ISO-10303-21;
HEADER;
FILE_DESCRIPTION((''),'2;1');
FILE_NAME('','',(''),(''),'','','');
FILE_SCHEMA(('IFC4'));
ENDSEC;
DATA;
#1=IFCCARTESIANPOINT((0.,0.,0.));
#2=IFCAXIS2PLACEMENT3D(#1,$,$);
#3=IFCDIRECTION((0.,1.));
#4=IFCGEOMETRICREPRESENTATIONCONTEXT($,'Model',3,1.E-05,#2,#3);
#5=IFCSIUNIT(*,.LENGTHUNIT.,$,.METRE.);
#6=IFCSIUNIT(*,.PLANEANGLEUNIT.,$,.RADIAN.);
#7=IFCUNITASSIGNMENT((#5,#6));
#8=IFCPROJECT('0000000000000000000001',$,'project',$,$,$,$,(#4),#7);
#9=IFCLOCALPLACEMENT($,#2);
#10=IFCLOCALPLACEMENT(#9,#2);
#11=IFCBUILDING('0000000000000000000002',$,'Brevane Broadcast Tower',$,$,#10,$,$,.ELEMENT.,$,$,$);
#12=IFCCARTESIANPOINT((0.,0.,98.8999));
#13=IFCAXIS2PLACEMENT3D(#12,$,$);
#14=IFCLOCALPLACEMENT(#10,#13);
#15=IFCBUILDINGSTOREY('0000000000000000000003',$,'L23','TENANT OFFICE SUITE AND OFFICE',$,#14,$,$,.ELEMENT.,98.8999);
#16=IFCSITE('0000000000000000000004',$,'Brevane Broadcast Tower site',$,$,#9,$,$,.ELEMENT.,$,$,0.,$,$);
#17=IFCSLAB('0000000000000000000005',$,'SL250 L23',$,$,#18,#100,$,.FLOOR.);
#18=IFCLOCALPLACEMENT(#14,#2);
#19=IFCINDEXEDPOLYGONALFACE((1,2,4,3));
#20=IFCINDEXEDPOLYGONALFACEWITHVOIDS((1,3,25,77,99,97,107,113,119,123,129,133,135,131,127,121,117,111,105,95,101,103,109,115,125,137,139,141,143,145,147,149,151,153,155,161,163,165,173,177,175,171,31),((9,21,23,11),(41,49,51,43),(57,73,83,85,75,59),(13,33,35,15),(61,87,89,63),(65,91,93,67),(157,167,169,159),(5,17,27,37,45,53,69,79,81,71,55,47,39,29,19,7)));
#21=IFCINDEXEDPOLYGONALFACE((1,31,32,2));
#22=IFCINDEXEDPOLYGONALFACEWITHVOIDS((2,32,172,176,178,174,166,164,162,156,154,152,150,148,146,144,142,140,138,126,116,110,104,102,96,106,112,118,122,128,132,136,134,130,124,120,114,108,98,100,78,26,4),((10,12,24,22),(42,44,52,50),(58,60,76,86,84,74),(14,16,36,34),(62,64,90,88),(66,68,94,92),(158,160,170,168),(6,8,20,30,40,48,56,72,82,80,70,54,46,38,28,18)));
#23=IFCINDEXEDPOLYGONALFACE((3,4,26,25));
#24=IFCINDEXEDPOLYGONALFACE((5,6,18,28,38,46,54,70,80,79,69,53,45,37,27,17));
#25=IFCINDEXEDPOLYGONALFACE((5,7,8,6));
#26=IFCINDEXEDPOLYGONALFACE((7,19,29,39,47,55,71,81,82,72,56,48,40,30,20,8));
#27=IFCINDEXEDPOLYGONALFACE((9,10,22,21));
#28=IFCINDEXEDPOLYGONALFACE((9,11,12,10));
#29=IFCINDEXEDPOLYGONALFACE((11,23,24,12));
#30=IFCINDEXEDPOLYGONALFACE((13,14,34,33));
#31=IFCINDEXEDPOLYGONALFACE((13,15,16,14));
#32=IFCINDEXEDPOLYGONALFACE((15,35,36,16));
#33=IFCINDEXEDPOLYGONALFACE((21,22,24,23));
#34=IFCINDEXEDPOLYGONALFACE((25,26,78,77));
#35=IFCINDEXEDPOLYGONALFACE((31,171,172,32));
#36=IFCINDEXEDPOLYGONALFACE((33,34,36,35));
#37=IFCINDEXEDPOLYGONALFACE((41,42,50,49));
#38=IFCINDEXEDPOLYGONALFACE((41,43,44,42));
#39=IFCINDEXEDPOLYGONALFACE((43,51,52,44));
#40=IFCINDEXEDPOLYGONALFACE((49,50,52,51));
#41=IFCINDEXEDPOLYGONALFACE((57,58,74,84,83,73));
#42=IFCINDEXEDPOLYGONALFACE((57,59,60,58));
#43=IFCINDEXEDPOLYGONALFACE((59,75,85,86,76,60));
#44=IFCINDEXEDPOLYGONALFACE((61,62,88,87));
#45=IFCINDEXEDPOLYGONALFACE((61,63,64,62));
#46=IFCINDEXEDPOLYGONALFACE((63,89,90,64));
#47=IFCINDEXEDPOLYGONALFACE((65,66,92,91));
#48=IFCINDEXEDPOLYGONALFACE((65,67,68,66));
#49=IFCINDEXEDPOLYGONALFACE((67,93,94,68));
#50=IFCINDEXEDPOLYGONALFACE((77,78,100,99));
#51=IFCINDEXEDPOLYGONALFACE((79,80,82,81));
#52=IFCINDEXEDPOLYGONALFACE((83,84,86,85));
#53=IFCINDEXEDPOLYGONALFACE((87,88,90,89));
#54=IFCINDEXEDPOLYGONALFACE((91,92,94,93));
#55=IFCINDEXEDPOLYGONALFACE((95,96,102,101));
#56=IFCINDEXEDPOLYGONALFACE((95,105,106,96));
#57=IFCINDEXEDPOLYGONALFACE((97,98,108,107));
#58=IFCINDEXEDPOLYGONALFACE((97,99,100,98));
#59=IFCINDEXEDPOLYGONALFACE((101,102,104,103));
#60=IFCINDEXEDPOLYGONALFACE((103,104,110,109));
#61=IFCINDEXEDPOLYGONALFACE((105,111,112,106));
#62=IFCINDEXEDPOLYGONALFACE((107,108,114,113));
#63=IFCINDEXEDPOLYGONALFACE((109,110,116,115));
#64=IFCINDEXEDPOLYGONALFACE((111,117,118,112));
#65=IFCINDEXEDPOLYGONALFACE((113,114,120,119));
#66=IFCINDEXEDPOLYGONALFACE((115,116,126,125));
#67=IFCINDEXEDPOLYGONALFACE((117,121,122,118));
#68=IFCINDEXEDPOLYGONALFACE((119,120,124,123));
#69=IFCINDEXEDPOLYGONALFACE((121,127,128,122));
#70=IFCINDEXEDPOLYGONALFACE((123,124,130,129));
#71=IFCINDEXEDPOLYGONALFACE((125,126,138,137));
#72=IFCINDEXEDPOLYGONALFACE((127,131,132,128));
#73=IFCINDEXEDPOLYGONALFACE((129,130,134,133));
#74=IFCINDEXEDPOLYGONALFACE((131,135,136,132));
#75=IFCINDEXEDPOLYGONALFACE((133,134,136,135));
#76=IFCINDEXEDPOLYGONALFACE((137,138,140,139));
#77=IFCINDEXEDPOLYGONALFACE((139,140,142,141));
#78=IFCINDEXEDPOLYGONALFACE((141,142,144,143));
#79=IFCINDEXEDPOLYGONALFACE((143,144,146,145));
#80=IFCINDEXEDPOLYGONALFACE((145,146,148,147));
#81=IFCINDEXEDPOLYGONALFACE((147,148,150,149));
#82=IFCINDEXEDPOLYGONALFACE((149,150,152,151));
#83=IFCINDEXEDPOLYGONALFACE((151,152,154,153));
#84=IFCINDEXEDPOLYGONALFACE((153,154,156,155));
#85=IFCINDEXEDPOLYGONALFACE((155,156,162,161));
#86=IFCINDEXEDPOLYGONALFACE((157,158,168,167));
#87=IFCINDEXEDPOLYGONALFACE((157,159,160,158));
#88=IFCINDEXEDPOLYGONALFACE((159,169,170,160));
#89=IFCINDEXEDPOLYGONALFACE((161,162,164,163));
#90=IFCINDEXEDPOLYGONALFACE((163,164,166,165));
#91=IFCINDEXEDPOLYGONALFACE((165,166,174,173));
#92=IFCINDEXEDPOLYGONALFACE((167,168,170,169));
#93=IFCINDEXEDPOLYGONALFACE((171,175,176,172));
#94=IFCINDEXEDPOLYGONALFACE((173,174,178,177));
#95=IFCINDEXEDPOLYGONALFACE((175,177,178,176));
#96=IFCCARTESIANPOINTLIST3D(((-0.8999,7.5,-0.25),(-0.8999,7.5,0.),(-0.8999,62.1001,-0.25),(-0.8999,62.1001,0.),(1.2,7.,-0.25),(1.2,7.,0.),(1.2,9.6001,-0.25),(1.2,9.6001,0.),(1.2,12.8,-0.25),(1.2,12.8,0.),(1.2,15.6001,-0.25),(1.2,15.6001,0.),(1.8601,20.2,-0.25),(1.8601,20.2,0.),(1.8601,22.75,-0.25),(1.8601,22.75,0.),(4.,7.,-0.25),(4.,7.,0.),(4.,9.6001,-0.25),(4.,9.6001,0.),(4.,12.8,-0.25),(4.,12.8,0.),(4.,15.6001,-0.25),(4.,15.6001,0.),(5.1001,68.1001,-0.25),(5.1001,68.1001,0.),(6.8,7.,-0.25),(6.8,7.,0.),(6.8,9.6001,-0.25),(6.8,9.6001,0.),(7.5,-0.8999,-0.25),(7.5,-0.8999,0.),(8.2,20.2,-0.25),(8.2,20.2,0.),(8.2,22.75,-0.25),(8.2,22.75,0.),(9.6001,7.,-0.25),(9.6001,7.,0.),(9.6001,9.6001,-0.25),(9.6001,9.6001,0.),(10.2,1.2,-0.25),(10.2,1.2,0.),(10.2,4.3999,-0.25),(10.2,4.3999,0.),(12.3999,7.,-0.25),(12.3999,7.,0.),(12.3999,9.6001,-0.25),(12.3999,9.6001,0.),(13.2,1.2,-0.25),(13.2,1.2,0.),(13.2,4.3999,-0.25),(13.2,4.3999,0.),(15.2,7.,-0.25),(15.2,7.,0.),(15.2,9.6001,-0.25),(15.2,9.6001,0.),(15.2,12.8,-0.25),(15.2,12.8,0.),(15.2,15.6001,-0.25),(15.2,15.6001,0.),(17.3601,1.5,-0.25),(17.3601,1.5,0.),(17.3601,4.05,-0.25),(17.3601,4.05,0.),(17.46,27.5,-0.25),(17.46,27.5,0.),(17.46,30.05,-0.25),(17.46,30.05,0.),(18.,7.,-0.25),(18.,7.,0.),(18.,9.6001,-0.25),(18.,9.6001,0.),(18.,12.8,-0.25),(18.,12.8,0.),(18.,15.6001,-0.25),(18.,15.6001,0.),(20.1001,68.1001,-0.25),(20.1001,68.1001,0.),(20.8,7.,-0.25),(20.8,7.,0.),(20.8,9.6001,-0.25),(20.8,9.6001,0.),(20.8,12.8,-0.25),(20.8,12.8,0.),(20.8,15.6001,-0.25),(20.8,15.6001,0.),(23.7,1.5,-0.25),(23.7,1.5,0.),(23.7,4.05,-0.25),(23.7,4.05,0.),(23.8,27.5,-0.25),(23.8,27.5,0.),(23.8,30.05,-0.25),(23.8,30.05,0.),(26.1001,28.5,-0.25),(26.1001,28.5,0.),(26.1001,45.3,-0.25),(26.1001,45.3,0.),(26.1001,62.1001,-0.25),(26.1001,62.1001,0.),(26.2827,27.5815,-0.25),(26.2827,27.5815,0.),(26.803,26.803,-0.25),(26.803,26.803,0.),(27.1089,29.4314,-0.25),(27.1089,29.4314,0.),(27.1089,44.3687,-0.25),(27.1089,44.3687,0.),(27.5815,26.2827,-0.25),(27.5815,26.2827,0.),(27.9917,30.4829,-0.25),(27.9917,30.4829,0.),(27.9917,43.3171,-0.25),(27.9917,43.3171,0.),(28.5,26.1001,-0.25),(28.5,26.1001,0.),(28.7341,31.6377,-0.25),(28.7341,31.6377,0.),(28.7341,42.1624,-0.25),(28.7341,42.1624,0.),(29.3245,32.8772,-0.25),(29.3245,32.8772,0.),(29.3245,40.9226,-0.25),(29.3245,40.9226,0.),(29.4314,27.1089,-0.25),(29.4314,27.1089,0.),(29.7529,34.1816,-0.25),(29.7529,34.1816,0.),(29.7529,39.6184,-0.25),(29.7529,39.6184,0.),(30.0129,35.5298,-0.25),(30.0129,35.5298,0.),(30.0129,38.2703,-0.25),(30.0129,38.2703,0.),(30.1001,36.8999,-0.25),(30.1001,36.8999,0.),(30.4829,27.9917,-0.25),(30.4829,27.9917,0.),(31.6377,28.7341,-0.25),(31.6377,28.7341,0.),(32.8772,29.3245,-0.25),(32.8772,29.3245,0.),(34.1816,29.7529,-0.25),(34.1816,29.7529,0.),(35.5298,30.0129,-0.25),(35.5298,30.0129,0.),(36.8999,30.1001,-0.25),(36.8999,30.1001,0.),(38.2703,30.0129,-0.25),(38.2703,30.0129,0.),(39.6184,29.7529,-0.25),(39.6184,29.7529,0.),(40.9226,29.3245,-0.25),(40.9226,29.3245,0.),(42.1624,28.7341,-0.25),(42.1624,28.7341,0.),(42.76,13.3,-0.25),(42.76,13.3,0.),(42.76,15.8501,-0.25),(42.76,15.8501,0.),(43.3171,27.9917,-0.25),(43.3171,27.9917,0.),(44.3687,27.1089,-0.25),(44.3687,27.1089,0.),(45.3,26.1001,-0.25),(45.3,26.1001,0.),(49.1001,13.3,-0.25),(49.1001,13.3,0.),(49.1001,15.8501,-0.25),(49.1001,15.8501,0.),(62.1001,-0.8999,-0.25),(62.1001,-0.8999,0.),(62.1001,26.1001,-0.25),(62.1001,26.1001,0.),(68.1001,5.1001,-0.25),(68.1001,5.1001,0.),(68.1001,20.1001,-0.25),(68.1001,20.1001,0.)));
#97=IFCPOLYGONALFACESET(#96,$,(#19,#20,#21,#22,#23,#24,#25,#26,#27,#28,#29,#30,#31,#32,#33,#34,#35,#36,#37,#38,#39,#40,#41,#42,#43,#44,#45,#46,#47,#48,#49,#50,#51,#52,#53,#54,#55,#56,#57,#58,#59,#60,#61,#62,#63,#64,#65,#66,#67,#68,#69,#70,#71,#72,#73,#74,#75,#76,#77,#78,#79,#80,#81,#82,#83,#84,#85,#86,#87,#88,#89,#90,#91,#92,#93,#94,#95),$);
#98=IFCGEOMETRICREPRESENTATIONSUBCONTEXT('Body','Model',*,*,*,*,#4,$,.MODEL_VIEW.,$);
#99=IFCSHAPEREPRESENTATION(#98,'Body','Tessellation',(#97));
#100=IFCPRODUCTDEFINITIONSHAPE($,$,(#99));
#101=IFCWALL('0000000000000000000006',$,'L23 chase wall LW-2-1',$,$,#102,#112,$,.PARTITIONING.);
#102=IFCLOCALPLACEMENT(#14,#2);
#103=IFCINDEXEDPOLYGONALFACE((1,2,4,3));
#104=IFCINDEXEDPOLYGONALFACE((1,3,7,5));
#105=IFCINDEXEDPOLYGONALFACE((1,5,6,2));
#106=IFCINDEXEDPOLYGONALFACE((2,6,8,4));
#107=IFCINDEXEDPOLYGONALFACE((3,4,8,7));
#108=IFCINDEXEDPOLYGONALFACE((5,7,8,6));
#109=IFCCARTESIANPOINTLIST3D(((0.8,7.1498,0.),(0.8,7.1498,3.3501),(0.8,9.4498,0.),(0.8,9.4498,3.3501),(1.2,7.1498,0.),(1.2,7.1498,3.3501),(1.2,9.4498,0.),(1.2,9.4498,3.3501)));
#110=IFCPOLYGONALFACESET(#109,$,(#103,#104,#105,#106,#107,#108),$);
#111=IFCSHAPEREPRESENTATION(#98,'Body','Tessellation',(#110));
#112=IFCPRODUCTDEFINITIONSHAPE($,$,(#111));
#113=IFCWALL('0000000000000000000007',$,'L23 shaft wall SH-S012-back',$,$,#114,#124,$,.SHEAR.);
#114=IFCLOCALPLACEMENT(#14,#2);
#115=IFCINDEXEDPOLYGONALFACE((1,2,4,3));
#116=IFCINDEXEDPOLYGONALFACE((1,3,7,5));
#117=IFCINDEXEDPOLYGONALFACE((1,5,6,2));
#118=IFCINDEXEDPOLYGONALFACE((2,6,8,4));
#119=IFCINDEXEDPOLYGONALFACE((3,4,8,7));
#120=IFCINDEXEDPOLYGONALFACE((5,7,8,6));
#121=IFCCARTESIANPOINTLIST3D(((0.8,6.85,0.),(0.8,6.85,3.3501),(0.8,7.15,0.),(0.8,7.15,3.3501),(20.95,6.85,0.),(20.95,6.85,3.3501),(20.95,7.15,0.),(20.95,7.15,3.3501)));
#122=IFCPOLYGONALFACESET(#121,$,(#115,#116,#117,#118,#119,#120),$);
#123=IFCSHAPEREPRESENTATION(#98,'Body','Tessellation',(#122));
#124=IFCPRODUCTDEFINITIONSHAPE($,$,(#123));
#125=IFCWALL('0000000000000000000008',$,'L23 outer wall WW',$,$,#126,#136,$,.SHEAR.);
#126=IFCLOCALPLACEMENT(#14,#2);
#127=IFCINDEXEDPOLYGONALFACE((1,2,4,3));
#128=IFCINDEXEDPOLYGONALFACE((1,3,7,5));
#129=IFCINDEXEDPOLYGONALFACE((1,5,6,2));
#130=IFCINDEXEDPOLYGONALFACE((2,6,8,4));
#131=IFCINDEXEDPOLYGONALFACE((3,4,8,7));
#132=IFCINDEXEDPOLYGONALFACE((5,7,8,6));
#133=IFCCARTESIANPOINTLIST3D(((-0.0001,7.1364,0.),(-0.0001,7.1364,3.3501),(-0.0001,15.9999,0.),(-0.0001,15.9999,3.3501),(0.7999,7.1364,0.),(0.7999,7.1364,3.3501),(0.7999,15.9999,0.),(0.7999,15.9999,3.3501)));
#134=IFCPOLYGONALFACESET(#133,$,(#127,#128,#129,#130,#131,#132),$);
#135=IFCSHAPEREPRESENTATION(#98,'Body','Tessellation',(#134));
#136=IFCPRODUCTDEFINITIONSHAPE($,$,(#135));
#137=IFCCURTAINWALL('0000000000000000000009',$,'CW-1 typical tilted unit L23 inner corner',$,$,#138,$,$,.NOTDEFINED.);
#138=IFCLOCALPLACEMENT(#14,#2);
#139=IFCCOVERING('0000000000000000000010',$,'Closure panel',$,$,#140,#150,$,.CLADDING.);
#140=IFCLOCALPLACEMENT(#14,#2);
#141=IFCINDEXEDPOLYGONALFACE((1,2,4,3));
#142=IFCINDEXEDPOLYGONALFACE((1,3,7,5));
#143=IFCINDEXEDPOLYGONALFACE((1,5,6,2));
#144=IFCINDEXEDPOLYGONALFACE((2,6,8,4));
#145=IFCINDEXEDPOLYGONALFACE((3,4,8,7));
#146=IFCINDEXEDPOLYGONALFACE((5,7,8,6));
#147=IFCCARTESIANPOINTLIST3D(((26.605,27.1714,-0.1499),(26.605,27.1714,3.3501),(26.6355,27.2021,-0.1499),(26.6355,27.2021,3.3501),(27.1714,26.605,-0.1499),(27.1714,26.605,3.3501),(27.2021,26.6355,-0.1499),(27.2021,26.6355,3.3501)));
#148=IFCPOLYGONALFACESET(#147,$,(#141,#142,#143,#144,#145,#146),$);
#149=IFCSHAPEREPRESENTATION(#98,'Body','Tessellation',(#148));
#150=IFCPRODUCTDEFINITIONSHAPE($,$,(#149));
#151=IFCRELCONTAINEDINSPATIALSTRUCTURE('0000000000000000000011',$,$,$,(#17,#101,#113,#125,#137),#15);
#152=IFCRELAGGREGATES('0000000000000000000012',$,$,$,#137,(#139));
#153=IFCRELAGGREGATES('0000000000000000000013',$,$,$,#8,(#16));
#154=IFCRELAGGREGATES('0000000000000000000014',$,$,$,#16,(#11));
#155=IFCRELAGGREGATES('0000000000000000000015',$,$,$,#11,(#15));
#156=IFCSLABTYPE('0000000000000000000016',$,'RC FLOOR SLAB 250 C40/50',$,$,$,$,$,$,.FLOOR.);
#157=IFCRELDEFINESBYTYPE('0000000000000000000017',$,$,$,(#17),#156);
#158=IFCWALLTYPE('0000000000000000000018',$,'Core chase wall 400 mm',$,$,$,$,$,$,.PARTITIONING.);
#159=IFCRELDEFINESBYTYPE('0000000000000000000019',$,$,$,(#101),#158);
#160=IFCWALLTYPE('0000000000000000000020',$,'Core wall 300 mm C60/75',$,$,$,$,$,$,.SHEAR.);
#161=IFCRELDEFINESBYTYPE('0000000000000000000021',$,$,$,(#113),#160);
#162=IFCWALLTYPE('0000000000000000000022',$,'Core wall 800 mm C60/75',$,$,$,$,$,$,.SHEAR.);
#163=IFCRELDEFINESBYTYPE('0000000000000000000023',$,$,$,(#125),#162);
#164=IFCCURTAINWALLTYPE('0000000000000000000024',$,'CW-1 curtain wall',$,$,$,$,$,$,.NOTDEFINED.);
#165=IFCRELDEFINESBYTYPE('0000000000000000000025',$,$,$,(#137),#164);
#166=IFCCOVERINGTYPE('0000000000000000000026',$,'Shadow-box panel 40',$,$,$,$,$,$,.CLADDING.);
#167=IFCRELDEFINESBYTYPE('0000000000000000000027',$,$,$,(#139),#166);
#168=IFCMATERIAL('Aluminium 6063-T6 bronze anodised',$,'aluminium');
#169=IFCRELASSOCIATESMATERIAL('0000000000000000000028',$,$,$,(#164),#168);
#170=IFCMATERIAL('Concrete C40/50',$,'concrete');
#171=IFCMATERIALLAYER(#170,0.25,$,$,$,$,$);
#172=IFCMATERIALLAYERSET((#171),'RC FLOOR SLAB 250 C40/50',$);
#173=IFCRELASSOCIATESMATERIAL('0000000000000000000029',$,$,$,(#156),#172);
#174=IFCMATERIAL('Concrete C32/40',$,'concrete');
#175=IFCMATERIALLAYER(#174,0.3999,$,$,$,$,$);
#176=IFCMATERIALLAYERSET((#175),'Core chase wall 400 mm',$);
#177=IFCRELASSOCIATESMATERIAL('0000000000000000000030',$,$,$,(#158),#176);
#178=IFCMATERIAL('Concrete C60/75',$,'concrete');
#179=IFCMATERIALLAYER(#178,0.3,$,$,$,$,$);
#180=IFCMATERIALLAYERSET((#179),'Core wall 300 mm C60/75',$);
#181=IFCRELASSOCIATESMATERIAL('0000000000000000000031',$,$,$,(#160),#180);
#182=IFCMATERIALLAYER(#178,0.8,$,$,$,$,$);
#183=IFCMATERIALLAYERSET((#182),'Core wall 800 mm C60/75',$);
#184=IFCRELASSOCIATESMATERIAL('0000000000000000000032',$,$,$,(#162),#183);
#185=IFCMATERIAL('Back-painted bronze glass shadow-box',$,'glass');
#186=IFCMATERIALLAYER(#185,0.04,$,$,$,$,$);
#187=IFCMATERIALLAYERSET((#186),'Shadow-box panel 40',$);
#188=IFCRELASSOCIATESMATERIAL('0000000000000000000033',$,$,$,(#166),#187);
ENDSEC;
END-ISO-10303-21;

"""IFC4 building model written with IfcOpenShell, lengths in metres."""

from ifc_helpers import new_model, si_unit, direction, frame, frame_2d, origin, place, context, subcontext, project, spatial, polyline, rectangle, outline, extrude, material, layer, layer_set, type_object, element, aggregate, save


model = new_model("IFC4")

# Units and contexts
model_context = context("Model", 3, precision=1e-05, world=origin(), true_north=direction((0.0, 1.0)))
body_context = subcontext(model_context, "Body", "Model", "MODEL_VIEW")
ifc_project = project(units=[si_unit("LENGTHUNIT", "METRE"), si_unit("PLANEANGLEUNIT", "RADIAN")], contexts=[model_context])

# Site, building, storey
site_placement = place(None, origin())
site = spatial("IfcSite", under=ifc_project, at=site_placement, Name="Brevane Broadcast Tower site", CompositionType="ELEMENT", RefElevation=0.0)
building_placement = place(site_placement, origin())
building = spatial("IfcBuilding", under=site, at=building_placement, Name="Brevane Broadcast Tower", CompositionType="ELEMENT")
storey_placement = place(building_placement, frame((0.0, 0.0, 98.8999)))
storey = spatial("IfcBuildingStorey", under=building, at=storey_placement, Name="L23", Description="TENANT OFFICE SUITE AND OFFICE", CompositionType="ELEMENT", Elevation=98.8999)

# Shared definitions
ifc_material_1 = material(Name="Aluminium 6063-T6 bronze anodised", Category="aluminium")
curtain_wall_type = type_object("IfcCurtainWallType", Name="CW-1 curtain wall", PredefinedType="NOTDEFINED", material=ifc_material_1)

# Slab
ifc_material_2 = material(Name="Concrete C40/50", Category="concrete")
ifc_layer_1 = layer(ifc_material_2, 0.25)
ifc_layer_set_1 = layer_set([ifc_layer_1], Name="RC FLOOR SLAB 250 C40/50")
slab_type_1 = type_object("IfcSlabType", Name="RC FLOOR SLAB 250 C40/50", PredefinedType="FLOOR", material=ifc_layer_set_1)
slab_1_placement = place(storey_placement, frame((0.0, 0.0, -0.25)))
element("IfcSlab", 1, at=slab_1_placement, inside=storey, type_object=slab_type_1, Name="SL250 L23", PredefinedType="FLOOR", context=body_context, shape_type="SweptSolid", body=[
    extrude(outline(polyline([(-0.8999, 7.5), (-0.8999, 62.1001), (5.1001, 68.1001), (20.1001, 68.1001), (26.1001, 62.1001), (26.1001, 45.3), (27.1089, 44.3687), (27.9917, 43.3171), (28.7341, 42.1624), (29.3245, 40.9226), (29.7529, 39.6184), (30.0129, 38.2703), (30.1001, 36.8999), (30.0129, 35.5298), (29.7529, 34.1816), (29.3245, 32.8772), (28.7341, 31.6377), (27.9917, 30.4829), (27.1089, 29.4314), (26.1001, 28.5), (26.2827, 27.5815), (26.803, 26.803), (27.5815, 26.2827), (28.5, 26.1001), (29.4314, 27.1089), (30.4829, 27.9917), (31.6377, 28.7341), (32.8772, 29.3245), (34.1816, 29.7529), (35.5298, 30.0129), (36.8999, 30.1001), (38.2703, 30.0129), (39.6184, 29.7529), (40.9226, 29.3245), (42.1624, 28.7341), (43.3171, 27.9917), (44.3687, 27.1089), (45.3, 26.1001), (62.1001, 26.1001), (68.1001, 20.1001), (68.1001, 5.1001), (62.1001, -0.8999), (7.5, -0.8999), (-0.8999, 7.5)]), holes=[polyline([(13.2, 4.3999), (10.2, 4.3999), (10.2, 1.2), (13.2, 1.2), (13.2, 4.3999)]), polyline([(4.0, 9.6001), (1.2, 9.6001), (1.2, 7.0), (4.0, 7.0), (6.8, 7.0), (9.6001, 7.0), (12.3999, 7.0), (15.2, 7.0), (18.0, 7.0), (20.8, 7.0), (20.8, 9.6001), (18.0, 9.6001), (15.2, 9.6001), (12.3999, 9.6001), (9.6001, 9.6001), (6.8, 9.6001), (4.0, 9.6001)]), polyline([(4.0, 12.8), (4.0, 15.6001), (1.2, 15.6001), (1.2, 12.8), (4.0, 12.8)]), polyline([(8.2, 22.75), (1.8601, 22.75), (1.8601, 20.2), (8.2, 20.2), (8.2, 22.75)]), polyline([(23.7, 4.05), (17.3601, 4.05), (17.3601, 1.5), (23.7, 1.5), (23.7, 4.05)]), polyline([(18.0, 15.6001), (15.2, 15.6001), (15.2, 12.8), (18.0, 12.8), (20.8, 12.8), (20.8, 15.6001), (18.0, 15.6001)]), polyline([(49.1001, 15.8501), (42.76, 15.8501), (42.76, 13.3), (49.1001, 13.3), (49.1001, 15.8501)]), polyline([(23.8, 30.05), (17.46, 30.05), (17.46, 27.5), (23.8, 27.5), (23.8, 30.05)])]), origin(), (0.0, 0.0, 1.0), 0.25),
])

# Walls
ifc_material_3 = material(Name="Concrete C32/40", Category="concrete")
ifc_layer_2 = layer(ifc_material_3, 0.3999)
ifc_layer_set_2 = layer_set([ifc_layer_2], Name="Core chase wall 400 mm")
wall_type_1 = type_object("IfcWallType", Name="Core chase wall 400 mm", PredefinedType="PARTITIONING", material=ifc_layer_set_2)
wall_1_placement = place(storey_placement, frame((1.0, 7.1499, 0.0), z_axis=(0.0, 0.0, 1.0), x_axis=(0.0, 1.0, 0.0)))
element("IfcWall", 2, at=wall_1_placement, inside=storey, type_object=wall_type_1, Name="L23 chase wall LW-2-1", PredefinedType="PARTITIONING", context=body_context, shape_type="SweptSolid", body=[
    extrude(rectangle(XDim=2.3, YDim=0.3999, at=frame_2d((1.1499, 0.0))), origin(), (0.0, 0.0, 1.0), 3.3501),
])
ifc_material_4 = material(Name="Concrete C60/75", Category="concrete")
ifc_layer_3 = layer(ifc_material_4, 0.3)
ifc_layer_set_3 = layer_set([ifc_layer_3], Name="Core wall 300 mm C60/75")
wall_type_2 = type_object("IfcWallType", Name="Core wall 300 mm C60/75", PredefinedType="SHEAR", material=ifc_layer_set_3)
wall_2_placement = place(storey_placement, frame((0.8, 7.0, 0.0), z_axis=(0.0, 0.0, 1.0), x_axis=(1.0, 0.0, 0.0)))
element("IfcWall", 3, at=wall_2_placement, inside=storey, type_object=wall_type_2, Name="L23 shaft wall SH-S012-back", PredefinedType="SHEAR", context=body_context, shape_type="SweptSolid", body=[
    extrude(rectangle(XDim=20.1499, YDim=0.3, at=frame_2d((10.075, 0.0))), origin(), (0.0, 0.0, 1.0), 3.3501),
])
ifc_layer_4 = layer(ifc_material_4, 0.8)
ifc_layer_set_4 = layer_set([ifc_layer_4], Name="Core wall 800 mm C60/75")
wall_type_3 = type_object("IfcWallType", Name="Core wall 800 mm C60/75", PredefinedType="SHEAR", material=ifc_layer_set_4)
wall_3_placement = place(storey_placement, frame((0.3999, 7.1365, 0.0), z_axis=(0.0, 0.0, 1.0), x_axis=(0.0, 1.0, 0.0)))
element("IfcWall", 4, at=wall_3_placement, inside=storey, type_object=wall_type_3, Name="L23 outer wall WW", PredefinedType="SHEAR", context=body_context, shape_type="SweptSolid", body=[
    extrude(rectangle(XDim=8.8635, YDim=0.8, at=frame_2d((4.4316, 0.0))), origin(), (0.0, 0.0, 1.0), 3.3501),
])

# Curtain wall, covering
curtain_wall_1_placement = place(storey_placement, origin())
curtain_wall_1 = element("IfcCurtainWall", 5, at=curtain_wall_1_placement, inside=storey, type_object=curtain_wall_type, Name="CW-1 typical tilted unit L23 inner corner", PredefinedType="NOTDEFINED")
ifc_material_5 = material(Name="Back-painted bronze glass shadow-box", Category="glass")
ifc_layer_5 = layer(ifc_material_5, 0.04)
ifc_layer_set_5 = layer_set([ifc_layer_5], Name="Shadow-box panel 40")
covering_type = type_object("IfcCoveringType", Name="Shadow-box panel 40", PredefinedType="CLADDING", material=ifc_layer_set_5)
covering_placement = place(storey_placement, frame((0.0, 0.0, -0.1499)))
covering = element("IfcCovering", 6, at=covering_placement, type_object=covering_type, Name="Closure panel", PredefinedType="CLADDING", context=body_context, shape_type="SweptSolid", body=[
    extrude(outline(polyline([(27.1714, 26.605), (27.2021, 26.6355), (26.6355, 27.2021), (26.605, 27.1714), (27.1714, 26.605)])), origin(), (0.0, 0.0, 1.0), 3.5),
])
aggregate(curtain_wall_1, [covering])

save(model, "model.ifc")
